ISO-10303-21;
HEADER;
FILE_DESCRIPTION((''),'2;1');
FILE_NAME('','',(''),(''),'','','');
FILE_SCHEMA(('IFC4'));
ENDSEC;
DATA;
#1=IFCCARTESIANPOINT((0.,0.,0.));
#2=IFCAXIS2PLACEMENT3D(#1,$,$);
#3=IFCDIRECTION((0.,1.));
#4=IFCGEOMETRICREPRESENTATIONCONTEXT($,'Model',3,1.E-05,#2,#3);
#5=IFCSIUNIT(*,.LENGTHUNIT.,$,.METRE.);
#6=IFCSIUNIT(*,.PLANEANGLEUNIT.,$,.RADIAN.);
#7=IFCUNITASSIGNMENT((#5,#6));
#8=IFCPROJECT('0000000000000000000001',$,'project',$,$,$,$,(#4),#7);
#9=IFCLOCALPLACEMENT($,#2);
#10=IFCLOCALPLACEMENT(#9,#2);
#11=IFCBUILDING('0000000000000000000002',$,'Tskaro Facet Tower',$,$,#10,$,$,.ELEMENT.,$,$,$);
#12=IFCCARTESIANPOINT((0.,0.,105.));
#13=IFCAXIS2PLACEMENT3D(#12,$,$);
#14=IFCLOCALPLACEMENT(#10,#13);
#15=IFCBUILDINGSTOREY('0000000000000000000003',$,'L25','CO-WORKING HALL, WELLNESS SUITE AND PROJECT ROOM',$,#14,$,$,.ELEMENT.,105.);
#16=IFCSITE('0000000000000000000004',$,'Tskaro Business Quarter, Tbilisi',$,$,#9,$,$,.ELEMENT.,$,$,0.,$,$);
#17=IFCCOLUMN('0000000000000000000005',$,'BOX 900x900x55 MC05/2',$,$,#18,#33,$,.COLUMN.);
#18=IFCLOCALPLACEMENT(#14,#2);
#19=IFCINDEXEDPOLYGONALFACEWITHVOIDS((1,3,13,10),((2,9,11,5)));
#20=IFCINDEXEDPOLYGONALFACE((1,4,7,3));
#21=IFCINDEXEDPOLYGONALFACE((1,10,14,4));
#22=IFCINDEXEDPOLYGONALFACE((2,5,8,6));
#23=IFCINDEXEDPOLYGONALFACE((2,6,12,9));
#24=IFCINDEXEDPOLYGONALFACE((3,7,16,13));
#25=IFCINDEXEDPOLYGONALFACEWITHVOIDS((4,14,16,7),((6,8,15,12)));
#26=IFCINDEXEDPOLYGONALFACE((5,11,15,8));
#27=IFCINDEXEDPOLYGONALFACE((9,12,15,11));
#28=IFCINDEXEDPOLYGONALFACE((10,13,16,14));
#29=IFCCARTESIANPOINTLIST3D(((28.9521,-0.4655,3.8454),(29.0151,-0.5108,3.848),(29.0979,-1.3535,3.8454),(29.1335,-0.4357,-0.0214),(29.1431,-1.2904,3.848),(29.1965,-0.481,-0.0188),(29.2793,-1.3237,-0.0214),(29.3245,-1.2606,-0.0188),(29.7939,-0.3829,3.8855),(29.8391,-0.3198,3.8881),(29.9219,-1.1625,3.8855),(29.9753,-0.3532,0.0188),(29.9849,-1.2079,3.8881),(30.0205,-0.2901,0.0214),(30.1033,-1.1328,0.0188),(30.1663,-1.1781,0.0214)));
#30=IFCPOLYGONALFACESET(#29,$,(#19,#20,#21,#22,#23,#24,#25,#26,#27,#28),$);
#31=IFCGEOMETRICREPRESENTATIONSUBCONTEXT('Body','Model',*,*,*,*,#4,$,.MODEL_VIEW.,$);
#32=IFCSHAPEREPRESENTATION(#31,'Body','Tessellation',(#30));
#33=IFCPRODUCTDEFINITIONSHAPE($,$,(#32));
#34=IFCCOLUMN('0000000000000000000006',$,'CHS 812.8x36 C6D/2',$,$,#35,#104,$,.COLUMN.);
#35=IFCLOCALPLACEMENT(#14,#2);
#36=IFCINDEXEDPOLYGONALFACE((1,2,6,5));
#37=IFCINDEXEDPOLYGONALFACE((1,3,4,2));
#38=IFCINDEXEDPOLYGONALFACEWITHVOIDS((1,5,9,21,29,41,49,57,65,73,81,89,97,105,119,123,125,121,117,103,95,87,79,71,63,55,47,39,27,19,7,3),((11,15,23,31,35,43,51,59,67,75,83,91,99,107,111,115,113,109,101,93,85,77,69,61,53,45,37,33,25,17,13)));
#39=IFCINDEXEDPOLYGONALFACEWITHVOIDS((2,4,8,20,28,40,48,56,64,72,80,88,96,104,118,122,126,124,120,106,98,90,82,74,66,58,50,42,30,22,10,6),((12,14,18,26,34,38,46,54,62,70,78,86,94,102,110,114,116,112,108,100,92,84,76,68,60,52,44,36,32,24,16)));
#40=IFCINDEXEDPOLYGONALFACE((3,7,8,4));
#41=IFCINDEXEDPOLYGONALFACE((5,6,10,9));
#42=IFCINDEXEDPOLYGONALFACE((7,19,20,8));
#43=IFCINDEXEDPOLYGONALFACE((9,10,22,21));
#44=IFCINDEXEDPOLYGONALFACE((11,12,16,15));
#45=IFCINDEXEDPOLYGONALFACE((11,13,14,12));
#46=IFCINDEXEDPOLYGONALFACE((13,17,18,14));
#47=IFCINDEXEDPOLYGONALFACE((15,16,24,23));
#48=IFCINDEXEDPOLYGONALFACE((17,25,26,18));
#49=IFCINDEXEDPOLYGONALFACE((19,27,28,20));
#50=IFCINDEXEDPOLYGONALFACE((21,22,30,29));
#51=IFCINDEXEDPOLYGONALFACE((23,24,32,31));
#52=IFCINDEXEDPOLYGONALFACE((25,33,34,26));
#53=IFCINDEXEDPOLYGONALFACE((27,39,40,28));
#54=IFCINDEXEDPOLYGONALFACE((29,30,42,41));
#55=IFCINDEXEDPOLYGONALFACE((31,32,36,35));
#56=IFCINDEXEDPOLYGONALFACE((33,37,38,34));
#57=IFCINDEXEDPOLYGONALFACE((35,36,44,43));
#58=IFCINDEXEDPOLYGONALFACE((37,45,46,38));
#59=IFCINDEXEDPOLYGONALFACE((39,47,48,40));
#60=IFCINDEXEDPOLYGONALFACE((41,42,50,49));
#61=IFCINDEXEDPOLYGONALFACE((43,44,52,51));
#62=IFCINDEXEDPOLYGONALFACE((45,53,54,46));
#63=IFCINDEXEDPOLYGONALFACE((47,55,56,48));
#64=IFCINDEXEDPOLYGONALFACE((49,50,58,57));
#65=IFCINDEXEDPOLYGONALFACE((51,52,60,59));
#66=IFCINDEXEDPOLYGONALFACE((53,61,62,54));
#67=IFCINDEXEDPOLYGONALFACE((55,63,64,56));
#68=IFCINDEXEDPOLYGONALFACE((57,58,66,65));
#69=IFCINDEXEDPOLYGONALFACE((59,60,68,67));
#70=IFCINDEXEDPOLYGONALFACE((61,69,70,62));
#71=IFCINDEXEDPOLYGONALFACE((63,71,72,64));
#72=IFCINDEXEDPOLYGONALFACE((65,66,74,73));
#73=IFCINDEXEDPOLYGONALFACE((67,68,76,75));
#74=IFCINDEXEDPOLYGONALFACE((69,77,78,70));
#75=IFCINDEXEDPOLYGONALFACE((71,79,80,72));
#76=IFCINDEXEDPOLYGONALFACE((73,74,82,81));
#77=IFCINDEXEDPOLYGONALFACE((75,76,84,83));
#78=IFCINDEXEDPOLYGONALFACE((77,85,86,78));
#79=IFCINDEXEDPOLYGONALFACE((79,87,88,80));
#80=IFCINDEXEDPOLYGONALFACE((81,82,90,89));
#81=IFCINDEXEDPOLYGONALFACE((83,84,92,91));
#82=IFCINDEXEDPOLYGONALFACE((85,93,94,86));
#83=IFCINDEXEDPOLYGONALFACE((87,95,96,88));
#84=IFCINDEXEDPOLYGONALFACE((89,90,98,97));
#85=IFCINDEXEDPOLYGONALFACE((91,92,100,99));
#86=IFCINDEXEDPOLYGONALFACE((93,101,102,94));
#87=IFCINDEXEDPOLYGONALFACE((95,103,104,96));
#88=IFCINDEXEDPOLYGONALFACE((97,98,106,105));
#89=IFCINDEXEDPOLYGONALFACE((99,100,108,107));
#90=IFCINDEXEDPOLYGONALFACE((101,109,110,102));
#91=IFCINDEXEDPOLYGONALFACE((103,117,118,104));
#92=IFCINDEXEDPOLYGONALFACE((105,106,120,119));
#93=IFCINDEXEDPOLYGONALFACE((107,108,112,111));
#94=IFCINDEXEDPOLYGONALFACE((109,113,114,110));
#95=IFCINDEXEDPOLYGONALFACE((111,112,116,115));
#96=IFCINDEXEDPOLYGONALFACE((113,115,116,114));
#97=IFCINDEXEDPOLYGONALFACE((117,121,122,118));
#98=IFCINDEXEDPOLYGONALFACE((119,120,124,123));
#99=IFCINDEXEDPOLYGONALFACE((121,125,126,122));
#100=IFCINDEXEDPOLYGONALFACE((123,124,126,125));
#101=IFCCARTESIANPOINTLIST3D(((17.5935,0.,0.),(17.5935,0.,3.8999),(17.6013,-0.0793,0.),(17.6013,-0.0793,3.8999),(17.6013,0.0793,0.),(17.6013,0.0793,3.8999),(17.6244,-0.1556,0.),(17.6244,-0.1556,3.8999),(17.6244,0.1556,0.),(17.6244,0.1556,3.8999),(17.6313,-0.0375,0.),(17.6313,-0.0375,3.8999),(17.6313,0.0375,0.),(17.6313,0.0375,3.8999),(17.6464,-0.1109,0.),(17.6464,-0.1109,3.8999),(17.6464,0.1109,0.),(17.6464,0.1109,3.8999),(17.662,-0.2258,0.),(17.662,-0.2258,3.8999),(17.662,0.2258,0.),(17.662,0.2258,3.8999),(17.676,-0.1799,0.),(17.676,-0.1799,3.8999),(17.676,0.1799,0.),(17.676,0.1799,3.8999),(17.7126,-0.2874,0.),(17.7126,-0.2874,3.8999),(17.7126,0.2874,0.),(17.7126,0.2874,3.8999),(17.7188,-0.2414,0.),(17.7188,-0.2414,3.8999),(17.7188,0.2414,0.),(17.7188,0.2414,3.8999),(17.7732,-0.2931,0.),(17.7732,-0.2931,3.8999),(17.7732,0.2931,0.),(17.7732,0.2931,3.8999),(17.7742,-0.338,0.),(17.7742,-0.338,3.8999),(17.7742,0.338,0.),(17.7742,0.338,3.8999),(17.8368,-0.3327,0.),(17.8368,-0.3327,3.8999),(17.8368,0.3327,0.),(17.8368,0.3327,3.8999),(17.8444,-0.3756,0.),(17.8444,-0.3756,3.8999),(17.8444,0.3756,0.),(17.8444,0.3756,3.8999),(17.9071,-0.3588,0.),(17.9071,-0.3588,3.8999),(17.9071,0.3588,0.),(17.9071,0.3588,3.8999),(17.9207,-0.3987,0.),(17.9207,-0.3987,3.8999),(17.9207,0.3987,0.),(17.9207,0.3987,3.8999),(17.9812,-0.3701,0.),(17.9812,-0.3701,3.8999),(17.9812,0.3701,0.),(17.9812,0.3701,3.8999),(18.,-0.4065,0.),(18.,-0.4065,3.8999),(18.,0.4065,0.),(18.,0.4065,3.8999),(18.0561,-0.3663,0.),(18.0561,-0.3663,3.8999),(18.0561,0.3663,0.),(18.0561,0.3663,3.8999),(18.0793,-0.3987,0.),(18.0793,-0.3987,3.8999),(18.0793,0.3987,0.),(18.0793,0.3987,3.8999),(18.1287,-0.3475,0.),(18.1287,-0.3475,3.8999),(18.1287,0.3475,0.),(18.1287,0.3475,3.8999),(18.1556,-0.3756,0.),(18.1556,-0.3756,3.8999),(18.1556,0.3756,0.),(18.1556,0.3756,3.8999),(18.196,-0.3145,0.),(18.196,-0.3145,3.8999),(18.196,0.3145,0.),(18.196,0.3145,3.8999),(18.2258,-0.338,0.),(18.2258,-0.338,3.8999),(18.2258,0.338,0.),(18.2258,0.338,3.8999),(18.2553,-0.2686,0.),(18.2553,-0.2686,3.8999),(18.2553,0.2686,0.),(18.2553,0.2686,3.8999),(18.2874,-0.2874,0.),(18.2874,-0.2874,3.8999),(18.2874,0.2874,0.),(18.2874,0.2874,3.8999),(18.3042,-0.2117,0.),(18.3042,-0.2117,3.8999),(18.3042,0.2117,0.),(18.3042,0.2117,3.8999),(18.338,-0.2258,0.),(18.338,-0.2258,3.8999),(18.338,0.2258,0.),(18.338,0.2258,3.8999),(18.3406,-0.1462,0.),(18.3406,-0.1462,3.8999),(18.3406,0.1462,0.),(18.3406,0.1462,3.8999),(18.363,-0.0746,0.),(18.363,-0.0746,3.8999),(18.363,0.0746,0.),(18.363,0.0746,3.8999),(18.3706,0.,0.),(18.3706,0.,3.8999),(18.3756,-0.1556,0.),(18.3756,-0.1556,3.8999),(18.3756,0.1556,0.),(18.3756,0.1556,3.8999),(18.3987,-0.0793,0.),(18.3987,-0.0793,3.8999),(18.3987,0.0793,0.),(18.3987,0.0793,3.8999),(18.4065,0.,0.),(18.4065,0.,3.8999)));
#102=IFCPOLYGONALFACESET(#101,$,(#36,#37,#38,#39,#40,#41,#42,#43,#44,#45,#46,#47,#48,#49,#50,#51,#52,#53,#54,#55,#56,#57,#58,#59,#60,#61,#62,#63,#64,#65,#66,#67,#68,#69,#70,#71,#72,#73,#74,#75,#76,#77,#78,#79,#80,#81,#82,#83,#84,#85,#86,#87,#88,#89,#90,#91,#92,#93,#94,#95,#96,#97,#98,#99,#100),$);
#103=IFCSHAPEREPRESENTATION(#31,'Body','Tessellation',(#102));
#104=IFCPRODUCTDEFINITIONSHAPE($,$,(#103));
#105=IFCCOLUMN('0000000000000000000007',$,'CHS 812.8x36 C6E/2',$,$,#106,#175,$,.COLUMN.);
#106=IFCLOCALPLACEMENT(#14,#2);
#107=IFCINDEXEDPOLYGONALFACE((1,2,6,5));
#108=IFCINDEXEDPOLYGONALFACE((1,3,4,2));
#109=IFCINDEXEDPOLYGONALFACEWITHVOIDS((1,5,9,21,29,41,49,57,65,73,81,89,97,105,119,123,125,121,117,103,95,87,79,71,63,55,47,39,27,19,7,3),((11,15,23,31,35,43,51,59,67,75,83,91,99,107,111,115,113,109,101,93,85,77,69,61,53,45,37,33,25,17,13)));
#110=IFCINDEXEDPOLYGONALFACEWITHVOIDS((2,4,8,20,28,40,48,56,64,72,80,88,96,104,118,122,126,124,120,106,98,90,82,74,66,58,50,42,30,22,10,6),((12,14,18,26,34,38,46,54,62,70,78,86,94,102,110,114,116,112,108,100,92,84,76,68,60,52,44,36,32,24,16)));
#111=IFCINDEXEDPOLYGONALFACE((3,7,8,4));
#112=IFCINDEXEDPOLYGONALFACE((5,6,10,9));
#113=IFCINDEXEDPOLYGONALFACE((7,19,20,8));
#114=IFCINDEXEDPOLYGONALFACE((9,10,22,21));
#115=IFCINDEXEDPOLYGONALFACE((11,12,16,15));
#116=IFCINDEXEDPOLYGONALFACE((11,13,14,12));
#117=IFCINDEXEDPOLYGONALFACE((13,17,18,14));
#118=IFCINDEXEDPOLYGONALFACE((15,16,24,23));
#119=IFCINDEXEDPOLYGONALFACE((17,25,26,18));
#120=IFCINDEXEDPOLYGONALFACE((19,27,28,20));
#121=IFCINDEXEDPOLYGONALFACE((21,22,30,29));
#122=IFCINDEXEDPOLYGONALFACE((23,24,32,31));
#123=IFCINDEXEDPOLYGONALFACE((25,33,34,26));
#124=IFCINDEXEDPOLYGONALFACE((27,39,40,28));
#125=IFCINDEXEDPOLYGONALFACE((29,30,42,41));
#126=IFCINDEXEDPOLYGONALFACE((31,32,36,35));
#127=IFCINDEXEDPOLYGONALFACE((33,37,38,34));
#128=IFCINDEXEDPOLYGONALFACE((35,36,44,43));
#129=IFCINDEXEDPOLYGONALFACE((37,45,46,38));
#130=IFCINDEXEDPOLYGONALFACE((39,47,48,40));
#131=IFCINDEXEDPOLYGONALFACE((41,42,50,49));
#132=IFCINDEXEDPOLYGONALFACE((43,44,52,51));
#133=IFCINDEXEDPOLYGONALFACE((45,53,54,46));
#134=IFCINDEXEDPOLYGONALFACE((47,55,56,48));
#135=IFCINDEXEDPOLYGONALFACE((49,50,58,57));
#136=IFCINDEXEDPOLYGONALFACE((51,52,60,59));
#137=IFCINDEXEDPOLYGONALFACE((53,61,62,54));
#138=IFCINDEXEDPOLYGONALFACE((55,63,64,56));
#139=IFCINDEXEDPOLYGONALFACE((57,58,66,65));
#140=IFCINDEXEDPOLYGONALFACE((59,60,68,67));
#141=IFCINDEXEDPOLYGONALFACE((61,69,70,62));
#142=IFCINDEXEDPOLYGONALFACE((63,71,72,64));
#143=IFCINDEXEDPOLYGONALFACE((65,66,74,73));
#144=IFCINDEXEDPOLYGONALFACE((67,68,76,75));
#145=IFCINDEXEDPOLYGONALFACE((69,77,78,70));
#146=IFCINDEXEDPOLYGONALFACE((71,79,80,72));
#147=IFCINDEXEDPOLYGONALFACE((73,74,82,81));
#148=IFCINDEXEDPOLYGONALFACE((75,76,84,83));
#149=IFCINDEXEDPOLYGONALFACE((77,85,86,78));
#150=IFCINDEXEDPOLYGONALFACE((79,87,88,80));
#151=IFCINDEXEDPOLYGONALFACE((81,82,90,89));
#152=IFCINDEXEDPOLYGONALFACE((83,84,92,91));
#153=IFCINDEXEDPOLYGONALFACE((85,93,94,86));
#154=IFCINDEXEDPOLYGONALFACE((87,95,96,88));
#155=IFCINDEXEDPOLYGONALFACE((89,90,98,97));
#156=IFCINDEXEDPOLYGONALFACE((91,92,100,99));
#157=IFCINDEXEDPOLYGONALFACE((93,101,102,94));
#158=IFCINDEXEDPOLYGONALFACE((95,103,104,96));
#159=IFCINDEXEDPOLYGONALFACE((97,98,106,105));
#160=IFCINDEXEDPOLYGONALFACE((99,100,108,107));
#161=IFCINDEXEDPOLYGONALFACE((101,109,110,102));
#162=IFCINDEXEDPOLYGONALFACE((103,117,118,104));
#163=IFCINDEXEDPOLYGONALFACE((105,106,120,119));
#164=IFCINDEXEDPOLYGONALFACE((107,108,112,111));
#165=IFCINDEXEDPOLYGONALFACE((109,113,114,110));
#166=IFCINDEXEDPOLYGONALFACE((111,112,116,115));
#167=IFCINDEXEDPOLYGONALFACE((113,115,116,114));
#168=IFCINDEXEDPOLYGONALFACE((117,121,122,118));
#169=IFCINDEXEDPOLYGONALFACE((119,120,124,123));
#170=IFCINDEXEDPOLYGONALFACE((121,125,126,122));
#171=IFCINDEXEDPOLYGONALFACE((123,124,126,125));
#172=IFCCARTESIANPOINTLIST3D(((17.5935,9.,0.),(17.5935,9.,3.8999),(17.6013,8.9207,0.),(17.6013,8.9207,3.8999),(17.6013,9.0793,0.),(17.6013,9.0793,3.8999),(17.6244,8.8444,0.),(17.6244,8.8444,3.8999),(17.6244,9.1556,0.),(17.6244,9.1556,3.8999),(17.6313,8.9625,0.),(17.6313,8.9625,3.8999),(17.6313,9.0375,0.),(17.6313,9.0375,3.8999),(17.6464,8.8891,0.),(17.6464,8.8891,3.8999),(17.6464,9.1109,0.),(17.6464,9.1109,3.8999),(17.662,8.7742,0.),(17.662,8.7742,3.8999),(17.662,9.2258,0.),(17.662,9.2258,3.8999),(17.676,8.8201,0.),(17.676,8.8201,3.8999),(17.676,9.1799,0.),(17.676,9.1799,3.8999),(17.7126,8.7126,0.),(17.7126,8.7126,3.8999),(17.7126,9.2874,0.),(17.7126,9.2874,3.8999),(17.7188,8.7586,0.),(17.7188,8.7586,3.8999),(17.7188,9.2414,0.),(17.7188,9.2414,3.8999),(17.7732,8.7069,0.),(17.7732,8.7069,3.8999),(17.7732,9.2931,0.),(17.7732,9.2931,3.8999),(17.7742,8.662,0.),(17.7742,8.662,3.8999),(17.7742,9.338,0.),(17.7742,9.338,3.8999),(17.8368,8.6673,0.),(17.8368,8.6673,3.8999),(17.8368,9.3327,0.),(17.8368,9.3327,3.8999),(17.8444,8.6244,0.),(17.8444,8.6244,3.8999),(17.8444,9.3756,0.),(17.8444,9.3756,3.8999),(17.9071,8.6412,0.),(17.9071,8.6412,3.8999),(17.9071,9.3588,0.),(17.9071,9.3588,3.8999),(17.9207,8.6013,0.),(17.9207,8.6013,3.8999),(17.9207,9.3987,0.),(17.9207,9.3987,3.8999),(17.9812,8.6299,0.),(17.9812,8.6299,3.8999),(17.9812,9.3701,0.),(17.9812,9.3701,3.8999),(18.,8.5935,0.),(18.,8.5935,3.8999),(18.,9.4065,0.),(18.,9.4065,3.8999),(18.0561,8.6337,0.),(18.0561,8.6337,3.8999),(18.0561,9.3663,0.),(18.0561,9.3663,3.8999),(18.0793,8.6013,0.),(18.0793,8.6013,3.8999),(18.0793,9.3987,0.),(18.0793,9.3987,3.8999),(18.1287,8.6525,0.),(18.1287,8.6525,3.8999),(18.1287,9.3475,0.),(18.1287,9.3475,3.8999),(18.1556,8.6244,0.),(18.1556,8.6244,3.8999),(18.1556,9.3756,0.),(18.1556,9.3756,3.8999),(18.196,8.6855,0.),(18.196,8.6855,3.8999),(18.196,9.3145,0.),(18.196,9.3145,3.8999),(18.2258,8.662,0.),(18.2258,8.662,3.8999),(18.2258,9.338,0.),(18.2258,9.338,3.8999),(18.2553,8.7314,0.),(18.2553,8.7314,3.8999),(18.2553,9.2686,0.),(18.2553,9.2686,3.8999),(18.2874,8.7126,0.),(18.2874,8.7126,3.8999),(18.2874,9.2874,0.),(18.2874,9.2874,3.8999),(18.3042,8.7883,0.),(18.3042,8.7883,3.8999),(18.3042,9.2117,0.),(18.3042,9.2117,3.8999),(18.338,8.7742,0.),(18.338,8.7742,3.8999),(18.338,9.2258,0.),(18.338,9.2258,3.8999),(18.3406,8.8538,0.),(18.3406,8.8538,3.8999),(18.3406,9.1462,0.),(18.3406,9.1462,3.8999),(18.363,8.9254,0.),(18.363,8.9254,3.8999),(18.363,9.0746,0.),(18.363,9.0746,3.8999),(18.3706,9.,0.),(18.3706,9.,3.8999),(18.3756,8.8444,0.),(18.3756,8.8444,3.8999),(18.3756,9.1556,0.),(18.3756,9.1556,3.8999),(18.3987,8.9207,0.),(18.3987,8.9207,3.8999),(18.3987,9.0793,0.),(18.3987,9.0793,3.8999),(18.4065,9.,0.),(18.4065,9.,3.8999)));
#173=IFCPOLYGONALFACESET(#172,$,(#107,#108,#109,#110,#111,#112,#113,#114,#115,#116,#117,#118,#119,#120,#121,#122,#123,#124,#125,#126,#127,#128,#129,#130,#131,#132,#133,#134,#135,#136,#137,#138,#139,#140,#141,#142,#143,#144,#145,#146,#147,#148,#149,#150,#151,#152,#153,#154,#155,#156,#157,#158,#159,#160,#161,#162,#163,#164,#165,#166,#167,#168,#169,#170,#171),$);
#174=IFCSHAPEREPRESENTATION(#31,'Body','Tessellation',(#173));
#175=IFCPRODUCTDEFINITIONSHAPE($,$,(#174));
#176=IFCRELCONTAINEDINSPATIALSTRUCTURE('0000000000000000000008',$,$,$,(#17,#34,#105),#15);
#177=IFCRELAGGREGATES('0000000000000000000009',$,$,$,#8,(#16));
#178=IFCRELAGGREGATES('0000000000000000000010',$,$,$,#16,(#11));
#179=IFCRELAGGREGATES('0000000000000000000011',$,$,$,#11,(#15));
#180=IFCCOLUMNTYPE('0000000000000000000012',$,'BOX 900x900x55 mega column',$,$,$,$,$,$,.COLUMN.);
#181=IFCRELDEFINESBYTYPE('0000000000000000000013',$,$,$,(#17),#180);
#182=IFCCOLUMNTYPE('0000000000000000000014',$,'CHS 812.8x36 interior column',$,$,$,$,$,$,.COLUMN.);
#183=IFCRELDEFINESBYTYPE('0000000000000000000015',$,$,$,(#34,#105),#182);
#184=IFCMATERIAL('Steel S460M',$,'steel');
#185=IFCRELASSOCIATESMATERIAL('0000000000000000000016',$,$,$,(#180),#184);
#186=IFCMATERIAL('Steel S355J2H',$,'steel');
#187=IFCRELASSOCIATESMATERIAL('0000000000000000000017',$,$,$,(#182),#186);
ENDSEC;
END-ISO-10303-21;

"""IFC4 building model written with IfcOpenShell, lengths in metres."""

from ifc_helpers import new_model, si_unit, direction, frame, origin, origin_2d, place, context, subcontext, project, spatial, hollow_rectangle, hollow_circle, extrude, material, material_profile, profile_set, type_object, element, save


model = new_model("IFC4")

# Units and contexts
model_context = context("Model", 3, precision=1e-05, world=origin(), true_north=direction((0.0, 1.0)))
body_context = subcontext(model_context, "Body", "Model", "MODEL_VIEW")
ifc_project = project(units=[si_unit("LENGTHUNIT", "METRE"), si_unit("PLANEANGLEUNIT", "RADIAN")], contexts=[model_context])

# Site, building, storey
site_placement = place(None, origin())
site = spatial("IfcSite", under=ifc_project, at=site_placement, Name="Tskaro Business Quarter, Tbilisi", CompositionType="ELEMENT", RefElevation=0.0)
building_placement = place(site_placement, origin())
building = spatial("IfcBuilding", under=site, at=building_placement, Name="Tskaro Facet Tower", CompositionType="ELEMENT")
storey_placement = place(building_placement, frame((0.0, 0.0, 105.0)))
storey = spatial("IfcBuildingStorey", under=building, at=storey_placement, Name="L25", Description="CO-WORKING HALL, WELLNESS SUITE AND PROJECT ROOM", CompositionType="ELEMENT", Elevation=105.0)

# Columns
ifc_material_1 = material(Name="Steel S460M", Category="steel")
ifc_material_profile_1 = material_profile(ifc_material_1, hollow_rectangle(XDim=0.8999, YDim=0.8999, WallThickness=0.0549, at=origin_2d()), Name="BOX 900x900x55")
ifc_profile_set_1 = profile_set([ifc_material_profile_1], Name="Steel S460M")
column_type_1 = type_object("IfcColumnType", Name="BOX 900x900x55 mega column", PredefinedType="COLUMN", material=ifc_profile_set_1)
column_placement = place(storey_placement, frame((29.6499, -0.8069, 0.0), z_axis=(-0.04686, -0.007694, 0.998872), x_axis=(0.162029, -0.986786, 0.0)))
element("IfcColumn", 1, at=column_placement, inside=storey, type_object=column_type_1, Name="BOX 900x900x55 MC05/2", PredefinedType="COLUMN", context=body_context, shape_type="SweptSolid", body=[
    extrude(hollow_rectangle(XDim=0.8999, YDim=0.8999, WallThickness=0.0549, at=origin_2d()), origin(), (0.0, 0.0, 1.0), 3.8711),
])
ifc_material_2 = material(Name="Steel S355J2H", Category="steel")
ifc_material_profile_2 = material_profile(ifc_material_2, hollow_circle(Radius=0.4065, WallThickness=0.0359, at=origin_2d()), Name="CHS 812.8x36")
ifc_profile_set_2 = profile_set([ifc_material_profile_2], Name="Steel S355J2H")
column_type_2 = type_object("IfcColumnType", Name="CHS 812.8x36 interior column", PredefinedType="COLUMN", material=ifc_profile_set_2)
for number, where, z_axis, x_axis, name in (
    (2, (18.0, 0.0, 0.0), (0.0, 0.0, 1.0), (1.0, 0.0, 0.0), "CHS 812.8x36 C6D/2"),
    (3, (18.0, 9.0, 0.0), (0.0, 0.0, 1.0), (1.0, 0.0, 0.0), "CHS 812.8x36 C6E/2"),
):
    element("IfcColumn", number, at=place(storey_placement, frame(where, z_axis=z_axis, x_axis=x_axis)), inside=storey, type_object=column_type_2, Name=name, PredefinedType="COLUMN", context=body_context, shape_type="SweptSolid", body=[
        extrude(hollow_circle(Radius=0.4065, WallThickness=0.0359, at=origin_2d()), origin(), (0.0, 0.0, 1.0), 3.8999),
    ])

save(model, "model.ifc")
